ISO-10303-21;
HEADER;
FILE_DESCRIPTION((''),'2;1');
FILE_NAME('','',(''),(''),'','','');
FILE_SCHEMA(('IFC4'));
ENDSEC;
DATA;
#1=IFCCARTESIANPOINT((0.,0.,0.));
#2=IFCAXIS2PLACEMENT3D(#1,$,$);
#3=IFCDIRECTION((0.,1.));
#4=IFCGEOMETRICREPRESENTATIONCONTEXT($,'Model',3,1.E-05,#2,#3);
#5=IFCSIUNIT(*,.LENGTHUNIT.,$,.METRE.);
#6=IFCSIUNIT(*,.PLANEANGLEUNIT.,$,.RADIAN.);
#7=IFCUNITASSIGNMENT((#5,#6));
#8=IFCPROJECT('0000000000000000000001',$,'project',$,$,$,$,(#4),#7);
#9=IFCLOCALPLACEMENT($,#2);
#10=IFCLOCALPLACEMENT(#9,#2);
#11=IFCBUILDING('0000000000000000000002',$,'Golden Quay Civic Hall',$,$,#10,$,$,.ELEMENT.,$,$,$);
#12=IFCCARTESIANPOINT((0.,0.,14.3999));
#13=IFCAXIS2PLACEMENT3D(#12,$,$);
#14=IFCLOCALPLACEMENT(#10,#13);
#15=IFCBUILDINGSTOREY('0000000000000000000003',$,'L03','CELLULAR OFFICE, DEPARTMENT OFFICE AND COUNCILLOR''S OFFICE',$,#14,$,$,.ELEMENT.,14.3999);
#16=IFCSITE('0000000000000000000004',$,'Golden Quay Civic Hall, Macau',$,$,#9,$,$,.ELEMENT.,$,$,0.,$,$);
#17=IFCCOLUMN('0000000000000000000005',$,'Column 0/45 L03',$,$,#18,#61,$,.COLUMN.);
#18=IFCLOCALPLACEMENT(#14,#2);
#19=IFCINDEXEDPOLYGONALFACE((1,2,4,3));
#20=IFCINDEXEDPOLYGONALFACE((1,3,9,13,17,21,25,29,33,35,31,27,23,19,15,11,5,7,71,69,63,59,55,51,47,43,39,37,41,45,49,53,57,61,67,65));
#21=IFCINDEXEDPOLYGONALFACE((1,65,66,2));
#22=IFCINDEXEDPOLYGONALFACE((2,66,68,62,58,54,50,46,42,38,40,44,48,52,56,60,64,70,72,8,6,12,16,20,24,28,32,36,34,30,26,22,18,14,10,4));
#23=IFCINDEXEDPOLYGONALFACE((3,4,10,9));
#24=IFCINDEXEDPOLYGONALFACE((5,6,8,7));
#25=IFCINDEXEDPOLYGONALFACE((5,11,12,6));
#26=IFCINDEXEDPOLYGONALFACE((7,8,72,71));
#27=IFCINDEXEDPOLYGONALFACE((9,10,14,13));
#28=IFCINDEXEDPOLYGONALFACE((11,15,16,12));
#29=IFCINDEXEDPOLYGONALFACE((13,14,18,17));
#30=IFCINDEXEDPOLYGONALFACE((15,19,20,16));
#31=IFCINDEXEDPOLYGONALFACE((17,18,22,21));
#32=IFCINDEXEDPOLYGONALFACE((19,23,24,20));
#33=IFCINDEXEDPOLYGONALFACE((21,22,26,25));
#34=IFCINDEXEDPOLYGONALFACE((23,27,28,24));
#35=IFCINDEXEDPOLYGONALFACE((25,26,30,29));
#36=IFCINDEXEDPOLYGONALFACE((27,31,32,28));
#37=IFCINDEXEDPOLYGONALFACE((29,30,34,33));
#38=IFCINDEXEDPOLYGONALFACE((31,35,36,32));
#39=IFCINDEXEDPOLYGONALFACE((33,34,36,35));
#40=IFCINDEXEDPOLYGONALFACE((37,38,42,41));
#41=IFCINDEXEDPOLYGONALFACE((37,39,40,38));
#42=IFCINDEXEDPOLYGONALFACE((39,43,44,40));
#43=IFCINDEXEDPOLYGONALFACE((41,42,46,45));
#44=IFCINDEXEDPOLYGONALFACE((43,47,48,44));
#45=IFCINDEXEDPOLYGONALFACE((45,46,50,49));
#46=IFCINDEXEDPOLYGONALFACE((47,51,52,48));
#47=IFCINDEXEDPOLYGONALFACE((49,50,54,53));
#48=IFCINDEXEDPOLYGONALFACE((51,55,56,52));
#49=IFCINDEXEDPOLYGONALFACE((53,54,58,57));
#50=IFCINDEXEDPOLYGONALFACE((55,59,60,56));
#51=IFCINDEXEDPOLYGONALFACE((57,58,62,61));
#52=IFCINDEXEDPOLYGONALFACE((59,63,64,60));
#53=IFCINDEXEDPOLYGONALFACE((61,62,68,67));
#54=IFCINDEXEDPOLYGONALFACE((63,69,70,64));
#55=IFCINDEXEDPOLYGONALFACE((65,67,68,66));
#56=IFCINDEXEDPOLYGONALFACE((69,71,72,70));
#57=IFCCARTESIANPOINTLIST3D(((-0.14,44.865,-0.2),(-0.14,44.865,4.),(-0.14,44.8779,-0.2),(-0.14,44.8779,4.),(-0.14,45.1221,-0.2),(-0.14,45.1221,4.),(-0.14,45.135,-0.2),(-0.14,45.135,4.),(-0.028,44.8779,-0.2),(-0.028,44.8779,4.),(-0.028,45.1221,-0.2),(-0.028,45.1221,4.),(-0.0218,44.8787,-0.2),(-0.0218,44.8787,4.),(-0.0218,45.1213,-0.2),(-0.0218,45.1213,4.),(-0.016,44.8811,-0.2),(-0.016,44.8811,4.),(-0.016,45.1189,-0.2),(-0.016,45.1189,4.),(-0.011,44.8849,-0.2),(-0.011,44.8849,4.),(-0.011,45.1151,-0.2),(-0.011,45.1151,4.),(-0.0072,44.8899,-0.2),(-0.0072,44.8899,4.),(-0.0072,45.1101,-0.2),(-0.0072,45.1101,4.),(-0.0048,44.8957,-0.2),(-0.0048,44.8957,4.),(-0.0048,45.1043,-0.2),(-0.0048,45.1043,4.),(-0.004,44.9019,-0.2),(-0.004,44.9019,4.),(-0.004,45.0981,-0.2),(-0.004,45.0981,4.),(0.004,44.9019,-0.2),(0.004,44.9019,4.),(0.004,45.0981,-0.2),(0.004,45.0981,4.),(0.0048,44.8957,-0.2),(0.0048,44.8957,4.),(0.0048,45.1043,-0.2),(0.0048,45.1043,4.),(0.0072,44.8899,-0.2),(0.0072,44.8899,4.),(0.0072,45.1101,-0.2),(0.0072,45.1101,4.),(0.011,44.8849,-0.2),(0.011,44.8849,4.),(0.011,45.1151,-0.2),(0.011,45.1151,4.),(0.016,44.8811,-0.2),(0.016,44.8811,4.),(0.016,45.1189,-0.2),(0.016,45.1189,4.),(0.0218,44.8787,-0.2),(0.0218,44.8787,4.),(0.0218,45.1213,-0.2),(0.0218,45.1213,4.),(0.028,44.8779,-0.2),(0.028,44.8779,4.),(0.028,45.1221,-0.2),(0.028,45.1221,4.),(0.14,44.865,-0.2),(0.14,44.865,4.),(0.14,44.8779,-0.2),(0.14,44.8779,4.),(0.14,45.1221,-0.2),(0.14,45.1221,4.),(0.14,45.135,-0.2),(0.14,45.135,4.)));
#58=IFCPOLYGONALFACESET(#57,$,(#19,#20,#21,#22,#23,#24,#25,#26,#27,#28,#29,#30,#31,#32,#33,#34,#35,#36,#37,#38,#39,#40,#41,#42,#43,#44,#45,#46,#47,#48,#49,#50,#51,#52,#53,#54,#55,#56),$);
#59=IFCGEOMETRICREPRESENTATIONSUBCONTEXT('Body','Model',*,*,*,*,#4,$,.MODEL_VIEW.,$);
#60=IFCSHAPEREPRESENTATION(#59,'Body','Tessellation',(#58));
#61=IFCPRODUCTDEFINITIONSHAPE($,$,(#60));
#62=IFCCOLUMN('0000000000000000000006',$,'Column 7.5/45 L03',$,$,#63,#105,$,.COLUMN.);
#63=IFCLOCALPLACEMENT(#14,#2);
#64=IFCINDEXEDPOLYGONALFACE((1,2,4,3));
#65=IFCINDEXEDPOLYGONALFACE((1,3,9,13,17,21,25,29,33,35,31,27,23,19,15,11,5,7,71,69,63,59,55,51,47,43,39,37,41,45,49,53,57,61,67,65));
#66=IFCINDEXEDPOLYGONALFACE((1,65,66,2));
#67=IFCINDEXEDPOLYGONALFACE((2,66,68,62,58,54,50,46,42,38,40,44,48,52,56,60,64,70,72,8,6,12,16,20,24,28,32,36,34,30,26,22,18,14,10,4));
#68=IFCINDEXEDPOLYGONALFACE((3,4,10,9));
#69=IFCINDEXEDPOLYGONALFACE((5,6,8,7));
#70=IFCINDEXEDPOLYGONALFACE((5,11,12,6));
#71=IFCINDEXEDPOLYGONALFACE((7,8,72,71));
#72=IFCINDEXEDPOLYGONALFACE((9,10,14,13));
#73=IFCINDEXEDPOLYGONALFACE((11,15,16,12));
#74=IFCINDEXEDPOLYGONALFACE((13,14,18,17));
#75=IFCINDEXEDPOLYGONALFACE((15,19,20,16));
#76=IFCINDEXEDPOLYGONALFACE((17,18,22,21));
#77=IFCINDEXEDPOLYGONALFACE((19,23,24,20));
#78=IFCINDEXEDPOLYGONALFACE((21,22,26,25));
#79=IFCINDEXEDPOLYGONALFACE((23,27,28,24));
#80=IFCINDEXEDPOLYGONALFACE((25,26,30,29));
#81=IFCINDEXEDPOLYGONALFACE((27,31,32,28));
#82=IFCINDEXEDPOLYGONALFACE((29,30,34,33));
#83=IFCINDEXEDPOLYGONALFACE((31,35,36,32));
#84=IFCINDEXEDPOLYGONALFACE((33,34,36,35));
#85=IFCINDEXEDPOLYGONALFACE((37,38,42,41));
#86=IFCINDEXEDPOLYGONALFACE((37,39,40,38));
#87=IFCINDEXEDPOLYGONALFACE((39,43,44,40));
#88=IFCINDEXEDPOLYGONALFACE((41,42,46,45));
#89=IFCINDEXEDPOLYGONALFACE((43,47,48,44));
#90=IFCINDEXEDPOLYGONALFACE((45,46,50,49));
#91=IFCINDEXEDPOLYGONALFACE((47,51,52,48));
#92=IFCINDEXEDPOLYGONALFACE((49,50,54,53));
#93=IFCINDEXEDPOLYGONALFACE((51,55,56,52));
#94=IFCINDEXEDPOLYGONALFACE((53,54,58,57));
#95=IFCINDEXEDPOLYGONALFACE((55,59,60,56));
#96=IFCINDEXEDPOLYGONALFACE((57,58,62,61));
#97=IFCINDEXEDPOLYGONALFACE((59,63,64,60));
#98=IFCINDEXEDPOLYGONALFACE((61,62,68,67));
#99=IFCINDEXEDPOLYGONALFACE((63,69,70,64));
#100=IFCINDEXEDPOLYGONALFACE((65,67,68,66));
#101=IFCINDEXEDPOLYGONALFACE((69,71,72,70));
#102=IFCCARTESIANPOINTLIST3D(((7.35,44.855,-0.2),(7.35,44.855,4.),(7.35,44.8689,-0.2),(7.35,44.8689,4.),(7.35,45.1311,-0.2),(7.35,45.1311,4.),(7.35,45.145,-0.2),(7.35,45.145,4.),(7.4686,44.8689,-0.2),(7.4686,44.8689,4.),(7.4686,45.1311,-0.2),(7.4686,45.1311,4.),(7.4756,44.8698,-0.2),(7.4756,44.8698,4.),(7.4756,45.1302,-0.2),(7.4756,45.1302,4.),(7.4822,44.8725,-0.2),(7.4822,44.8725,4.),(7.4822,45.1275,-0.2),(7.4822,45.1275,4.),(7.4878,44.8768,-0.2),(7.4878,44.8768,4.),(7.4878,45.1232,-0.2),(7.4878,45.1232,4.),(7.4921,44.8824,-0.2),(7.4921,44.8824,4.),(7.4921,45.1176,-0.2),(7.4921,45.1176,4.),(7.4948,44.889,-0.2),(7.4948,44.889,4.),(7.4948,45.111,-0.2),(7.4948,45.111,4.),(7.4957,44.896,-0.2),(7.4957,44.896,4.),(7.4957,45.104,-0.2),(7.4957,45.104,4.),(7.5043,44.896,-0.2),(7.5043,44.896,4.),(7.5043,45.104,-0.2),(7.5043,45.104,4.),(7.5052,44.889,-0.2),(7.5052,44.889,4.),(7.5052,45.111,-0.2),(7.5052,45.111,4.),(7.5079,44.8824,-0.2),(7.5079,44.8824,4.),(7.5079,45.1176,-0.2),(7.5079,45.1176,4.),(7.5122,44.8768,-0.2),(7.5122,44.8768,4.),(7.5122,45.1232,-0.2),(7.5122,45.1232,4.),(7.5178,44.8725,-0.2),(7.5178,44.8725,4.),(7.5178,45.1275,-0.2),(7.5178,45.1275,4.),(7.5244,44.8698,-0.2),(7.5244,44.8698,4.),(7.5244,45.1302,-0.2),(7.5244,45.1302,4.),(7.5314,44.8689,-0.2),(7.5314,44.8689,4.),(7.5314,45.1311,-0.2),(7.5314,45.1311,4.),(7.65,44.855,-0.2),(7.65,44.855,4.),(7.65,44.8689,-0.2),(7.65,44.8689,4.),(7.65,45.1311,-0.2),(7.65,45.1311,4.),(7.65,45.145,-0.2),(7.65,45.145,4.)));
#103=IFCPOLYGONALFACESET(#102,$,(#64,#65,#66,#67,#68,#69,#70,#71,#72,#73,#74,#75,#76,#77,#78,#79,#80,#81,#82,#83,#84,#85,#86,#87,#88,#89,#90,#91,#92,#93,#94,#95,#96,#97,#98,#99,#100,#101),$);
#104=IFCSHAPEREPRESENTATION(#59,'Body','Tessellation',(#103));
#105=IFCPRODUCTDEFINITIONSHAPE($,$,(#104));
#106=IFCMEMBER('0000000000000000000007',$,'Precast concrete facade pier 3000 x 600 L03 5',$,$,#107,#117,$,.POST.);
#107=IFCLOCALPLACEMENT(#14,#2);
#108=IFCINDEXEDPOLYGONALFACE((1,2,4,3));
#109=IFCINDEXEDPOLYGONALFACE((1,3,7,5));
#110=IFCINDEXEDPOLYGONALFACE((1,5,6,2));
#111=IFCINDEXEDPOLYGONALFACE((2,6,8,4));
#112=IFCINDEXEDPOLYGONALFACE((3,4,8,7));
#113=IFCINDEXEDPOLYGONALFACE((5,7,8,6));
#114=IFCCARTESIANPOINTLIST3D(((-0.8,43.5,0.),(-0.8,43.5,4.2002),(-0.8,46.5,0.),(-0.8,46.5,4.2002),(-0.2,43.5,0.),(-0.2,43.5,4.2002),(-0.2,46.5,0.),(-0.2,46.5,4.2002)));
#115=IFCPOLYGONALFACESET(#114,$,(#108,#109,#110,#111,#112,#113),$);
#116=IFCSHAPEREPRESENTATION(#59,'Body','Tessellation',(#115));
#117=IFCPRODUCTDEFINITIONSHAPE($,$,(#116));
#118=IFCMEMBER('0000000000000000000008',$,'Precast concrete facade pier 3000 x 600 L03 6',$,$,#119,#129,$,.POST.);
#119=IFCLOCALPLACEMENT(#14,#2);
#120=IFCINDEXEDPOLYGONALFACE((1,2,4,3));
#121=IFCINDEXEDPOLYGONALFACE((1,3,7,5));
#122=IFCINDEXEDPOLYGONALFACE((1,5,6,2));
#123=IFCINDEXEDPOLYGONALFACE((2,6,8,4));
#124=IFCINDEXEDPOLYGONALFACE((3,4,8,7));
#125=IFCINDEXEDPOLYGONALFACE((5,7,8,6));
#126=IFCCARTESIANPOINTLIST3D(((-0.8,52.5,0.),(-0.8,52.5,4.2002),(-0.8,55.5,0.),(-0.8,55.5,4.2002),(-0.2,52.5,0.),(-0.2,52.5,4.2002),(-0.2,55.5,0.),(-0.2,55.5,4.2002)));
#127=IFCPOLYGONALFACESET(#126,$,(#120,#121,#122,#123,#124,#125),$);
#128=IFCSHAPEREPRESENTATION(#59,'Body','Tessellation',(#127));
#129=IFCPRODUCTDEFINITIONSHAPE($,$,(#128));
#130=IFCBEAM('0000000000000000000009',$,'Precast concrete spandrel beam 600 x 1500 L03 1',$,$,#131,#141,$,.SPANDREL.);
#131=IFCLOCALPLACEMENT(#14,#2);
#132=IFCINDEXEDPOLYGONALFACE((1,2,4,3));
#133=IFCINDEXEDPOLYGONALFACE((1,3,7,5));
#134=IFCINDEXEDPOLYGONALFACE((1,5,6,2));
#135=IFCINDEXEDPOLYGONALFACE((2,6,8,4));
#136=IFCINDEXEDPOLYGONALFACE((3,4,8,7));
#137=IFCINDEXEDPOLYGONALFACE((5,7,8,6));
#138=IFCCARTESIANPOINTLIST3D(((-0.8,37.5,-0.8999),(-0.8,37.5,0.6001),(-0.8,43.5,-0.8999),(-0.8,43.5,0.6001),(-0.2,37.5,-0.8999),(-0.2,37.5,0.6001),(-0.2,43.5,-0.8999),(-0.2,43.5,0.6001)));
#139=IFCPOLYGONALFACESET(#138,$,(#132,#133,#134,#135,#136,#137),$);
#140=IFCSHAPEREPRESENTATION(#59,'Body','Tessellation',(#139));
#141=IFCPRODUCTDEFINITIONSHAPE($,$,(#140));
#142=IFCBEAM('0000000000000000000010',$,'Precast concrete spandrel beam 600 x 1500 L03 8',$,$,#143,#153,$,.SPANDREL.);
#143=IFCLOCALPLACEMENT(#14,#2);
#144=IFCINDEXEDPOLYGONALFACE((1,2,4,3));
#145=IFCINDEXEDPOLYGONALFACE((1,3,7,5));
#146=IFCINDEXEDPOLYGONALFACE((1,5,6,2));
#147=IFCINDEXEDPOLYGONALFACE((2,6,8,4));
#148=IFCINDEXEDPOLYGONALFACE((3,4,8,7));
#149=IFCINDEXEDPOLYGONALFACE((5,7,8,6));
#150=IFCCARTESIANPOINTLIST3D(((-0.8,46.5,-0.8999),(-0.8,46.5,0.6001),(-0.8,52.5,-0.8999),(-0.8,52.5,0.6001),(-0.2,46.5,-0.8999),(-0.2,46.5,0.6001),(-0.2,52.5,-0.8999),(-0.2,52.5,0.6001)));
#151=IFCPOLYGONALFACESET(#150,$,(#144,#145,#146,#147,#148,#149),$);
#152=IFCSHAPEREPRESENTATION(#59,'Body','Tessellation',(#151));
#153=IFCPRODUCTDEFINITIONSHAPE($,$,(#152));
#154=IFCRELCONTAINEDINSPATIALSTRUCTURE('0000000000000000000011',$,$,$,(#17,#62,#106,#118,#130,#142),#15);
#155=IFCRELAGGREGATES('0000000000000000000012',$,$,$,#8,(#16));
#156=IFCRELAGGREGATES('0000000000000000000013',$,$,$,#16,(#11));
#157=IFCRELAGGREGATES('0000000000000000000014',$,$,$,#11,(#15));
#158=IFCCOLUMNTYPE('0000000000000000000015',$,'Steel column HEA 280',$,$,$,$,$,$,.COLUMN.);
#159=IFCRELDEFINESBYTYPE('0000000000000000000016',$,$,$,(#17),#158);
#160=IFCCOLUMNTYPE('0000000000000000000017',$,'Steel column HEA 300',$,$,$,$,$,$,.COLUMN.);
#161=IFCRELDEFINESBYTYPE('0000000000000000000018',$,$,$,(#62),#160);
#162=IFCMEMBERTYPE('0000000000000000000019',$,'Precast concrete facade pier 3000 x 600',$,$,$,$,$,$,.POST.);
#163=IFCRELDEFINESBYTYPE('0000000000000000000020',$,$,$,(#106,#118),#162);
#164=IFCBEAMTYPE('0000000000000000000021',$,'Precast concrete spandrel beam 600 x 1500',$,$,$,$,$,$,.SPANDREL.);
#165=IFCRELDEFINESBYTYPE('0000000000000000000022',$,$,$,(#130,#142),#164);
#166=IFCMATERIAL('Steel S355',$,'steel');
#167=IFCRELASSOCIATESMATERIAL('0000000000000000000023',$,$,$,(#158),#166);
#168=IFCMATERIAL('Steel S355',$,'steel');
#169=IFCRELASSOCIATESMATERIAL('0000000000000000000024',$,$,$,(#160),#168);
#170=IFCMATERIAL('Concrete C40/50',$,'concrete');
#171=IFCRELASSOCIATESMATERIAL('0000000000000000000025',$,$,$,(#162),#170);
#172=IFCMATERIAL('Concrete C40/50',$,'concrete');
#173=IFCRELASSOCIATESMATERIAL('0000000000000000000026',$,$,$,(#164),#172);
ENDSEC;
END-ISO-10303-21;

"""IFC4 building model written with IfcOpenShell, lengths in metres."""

from ifc_helpers import new_model, si_unit, direction, frame, origin, origin_2d, place, context, subcontext, project, spatial, rectangle, i_section, extrude, material, material_profile, profile_set, type_object, element, save


model = new_model("IFC4")

# Units and contexts
model_context = context("Model", 3, precision=1e-05, world=origin(), true_north=direction((0.0, 1.0)))
body_context = subcontext(model_context, "Body", "Model", "MODEL_VIEW")
ifc_project = project(units=[si_unit("LENGTHUNIT", "METRE"), si_unit("PLANEANGLEUNIT", "RADIAN")], contexts=[model_context])

# Site, building, storey
site_placement = place(None, origin())
site = spatial("IfcSite", under=ifc_project, at=site_placement, Name="Golden Quay Civic Hall, Macau", CompositionType="ELEMENT", RefElevation=0.0)
building_placement = place(site_placement, origin())
building = spatial("IfcBuilding", under=site, at=building_placement, Name="Golden Quay Civic Hall", CompositionType="ELEMENT")
storey_placement = place(building_placement, frame((0.0, 0.0, 14.3999)))
storey = spatial("IfcBuildingStorey", under=building, at=storey_placement, Name="L03", Description="CELLULAR OFFICE, DEPARTMENT OFFICE AND COUNCILLOR'S OFFICE", CompositionType="ELEMENT", Elevation=14.3999)

# Columns
ifc_material_1 = material(Name="Steel S355", Category="steel")
ifc_material_profile_1 = material_profile(ifc_material_1, i_section(OverallWidth=0.28, OverallDepth=0.27, WebThickness=0.0081, FlangeThickness=0.0129, FilletRadius=0.0239, at=origin_2d()), Name="HEA 280")
ifc_profile_set_1 = profile_set([ifc_material_profile_1], Name="Steel S355")
column_type_1 = type_object("IfcColumnType", Name="Steel column HEA 280", PredefinedType="COLUMN", material=ifc_profile_set_1)
column_1_placement = place(storey_placement, frame((0.0, 45.0, -0.2), z_axis=(0.0, 0.0, 1.0), x_axis=(1.0, 0.0, 0.0)))
element("IfcColumn", 1, at=column_1_placement, inside=storey, type_object=column_type_1, Name="Column 0/45 L03", PredefinedType="COLUMN", context=body_context, shape_type="SweptSolid", body=[
    extrude(i_section(OverallWidth=0.28, OverallDepth=0.27, WebThickness=0.0081, FlangeThickness=0.0129, FilletRadius=0.0239, at=origin_2d()), origin(), (0.0, 0.0, 1.0), 4.2),
])
ifc_material_2 = material(Name="Steel S355", Category="steel")
ifc_material_profile_2 = material_profile(ifc_material_2, i_section(OverallWidth=0.3, OverallDepth=0.29, WebThickness=0.0085, FlangeThickness=0.0139, FilletRadius=0.0271, at=origin_2d()), Name="HEA 300")
ifc_profile_set_2 = profile_set([ifc_material_profile_2], Name="Steel S355")
column_type_2 = type_object("IfcColumnType", Name="Steel column HEA 300", PredefinedType="COLUMN", material=ifc_profile_set_2)
column_2_placement = place(storey_placement, frame((7.5, 45.0, -0.2), z_axis=(0.0, 0.0, 1.0), x_axis=(1.0, 0.0, 0.0)))
element("IfcColumn", 2, at=column_2_placement, inside=storey, type_object=column_type_2, Name="Column 7.5/45 L03", PredefinedType="COLUMN", context=body_context, shape_type="SweptSolid", body=[
    extrude(i_section(OverallWidth=0.3, OverallDepth=0.29, WebThickness=0.0085, FlangeThickness=0.0139, FilletRadius=0.0271, at=origin_2d()), origin(), (0.0, 0.0, 1.0), 4.2),
])

# Members
ifc_material_3 = material(Name="Concrete C40/50", Category="concrete")
ifc_material_profile_3 = material_profile(ifc_material_3, rectangle(XDim=3.0, YDim=0.6001, at=origin_2d()), Name="RC 3000x600")
ifc_profile_set_3 = profile_set([ifc_material_profile_3], Name="Concrete C40/50")
member_type = type_object("IfcMemberType", Name="Precast concrete facade pier 3000 x 600", PredefinedType="POST", material=ifc_profile_set_3)
for number, where, z_axis, x_axis, name in (
    (3, (-0.5, 45.0, 0.0), (0.0, 0.0, 1.0), (0.0, 1.0, 0.0), "Precast concrete facade pier 3000 x 600 L03 5"),
    (4, (-0.5, 54.0, 0.0), (0.0, 0.0, 1.0), (0.0, 1.0, 0.0), "Precast concrete facade pier 3000 x 600 L03 6"),
):
    element("IfcMember", number, at=place(storey_placement, frame(where, z_axis=z_axis, x_axis=x_axis)), inside=storey, type_object=member_type, Name=name, PredefinedType="POST", context=body_context, shape_type="SweptSolid", body=[
        extrude(rectangle(XDim=3.0, YDim=0.6001, at=origin_2d()), origin(), (0.0, 0.0, 1.0), 4.2002),
    ])

# Beams
ifc_material_4 = material(Name="Concrete C40/50", Category="concrete")
ifc_material_profile_4 = material_profile(ifc_material_4, rectangle(XDim=0.6001, YDim=1.5, at=origin_2d()), Name="RC 600x1500")
ifc_profile_set_4 = profile_set([ifc_material_profile_4], Name="Concrete C40/50")
beam_type_1 = type_object("IfcBeamType", Name="Precast concrete spandrel beam 600 x 1500", PredefinedType="SPANDREL", material=ifc_profile_set_4)
for number, where, z_axis, x_axis, name in (
    (5, (-0.5, 37.5, -0.1499), (0.0, 1.0, 0.0), (-1.0, 0.0, 0.0), "Precast concrete spandrel beam 600 x 1500 L03 1"),
    (6, (-0.5, 46.5, -0.1499), (0.0, 1.0, 0.0), (-1.0, 0.0, 0.0), "Precast concrete spandrel beam 600 x 1500 L03 8"),
):
    element("IfcBeam", number, at=place(storey_placement, frame(where, z_axis=z_axis, x_axis=x_axis)), inside=storey, type_object=beam_type_1, Name=name, PredefinedType="SPANDREL", context=body_context, shape_type="SweptSolid", body=[
        extrude(rectangle(XDim=0.6001, YDim=1.5, at=origin_2d()), origin(), (0.0, 0.0, 1.0), 6.0),
    ])

save(model, "model.ifc")
